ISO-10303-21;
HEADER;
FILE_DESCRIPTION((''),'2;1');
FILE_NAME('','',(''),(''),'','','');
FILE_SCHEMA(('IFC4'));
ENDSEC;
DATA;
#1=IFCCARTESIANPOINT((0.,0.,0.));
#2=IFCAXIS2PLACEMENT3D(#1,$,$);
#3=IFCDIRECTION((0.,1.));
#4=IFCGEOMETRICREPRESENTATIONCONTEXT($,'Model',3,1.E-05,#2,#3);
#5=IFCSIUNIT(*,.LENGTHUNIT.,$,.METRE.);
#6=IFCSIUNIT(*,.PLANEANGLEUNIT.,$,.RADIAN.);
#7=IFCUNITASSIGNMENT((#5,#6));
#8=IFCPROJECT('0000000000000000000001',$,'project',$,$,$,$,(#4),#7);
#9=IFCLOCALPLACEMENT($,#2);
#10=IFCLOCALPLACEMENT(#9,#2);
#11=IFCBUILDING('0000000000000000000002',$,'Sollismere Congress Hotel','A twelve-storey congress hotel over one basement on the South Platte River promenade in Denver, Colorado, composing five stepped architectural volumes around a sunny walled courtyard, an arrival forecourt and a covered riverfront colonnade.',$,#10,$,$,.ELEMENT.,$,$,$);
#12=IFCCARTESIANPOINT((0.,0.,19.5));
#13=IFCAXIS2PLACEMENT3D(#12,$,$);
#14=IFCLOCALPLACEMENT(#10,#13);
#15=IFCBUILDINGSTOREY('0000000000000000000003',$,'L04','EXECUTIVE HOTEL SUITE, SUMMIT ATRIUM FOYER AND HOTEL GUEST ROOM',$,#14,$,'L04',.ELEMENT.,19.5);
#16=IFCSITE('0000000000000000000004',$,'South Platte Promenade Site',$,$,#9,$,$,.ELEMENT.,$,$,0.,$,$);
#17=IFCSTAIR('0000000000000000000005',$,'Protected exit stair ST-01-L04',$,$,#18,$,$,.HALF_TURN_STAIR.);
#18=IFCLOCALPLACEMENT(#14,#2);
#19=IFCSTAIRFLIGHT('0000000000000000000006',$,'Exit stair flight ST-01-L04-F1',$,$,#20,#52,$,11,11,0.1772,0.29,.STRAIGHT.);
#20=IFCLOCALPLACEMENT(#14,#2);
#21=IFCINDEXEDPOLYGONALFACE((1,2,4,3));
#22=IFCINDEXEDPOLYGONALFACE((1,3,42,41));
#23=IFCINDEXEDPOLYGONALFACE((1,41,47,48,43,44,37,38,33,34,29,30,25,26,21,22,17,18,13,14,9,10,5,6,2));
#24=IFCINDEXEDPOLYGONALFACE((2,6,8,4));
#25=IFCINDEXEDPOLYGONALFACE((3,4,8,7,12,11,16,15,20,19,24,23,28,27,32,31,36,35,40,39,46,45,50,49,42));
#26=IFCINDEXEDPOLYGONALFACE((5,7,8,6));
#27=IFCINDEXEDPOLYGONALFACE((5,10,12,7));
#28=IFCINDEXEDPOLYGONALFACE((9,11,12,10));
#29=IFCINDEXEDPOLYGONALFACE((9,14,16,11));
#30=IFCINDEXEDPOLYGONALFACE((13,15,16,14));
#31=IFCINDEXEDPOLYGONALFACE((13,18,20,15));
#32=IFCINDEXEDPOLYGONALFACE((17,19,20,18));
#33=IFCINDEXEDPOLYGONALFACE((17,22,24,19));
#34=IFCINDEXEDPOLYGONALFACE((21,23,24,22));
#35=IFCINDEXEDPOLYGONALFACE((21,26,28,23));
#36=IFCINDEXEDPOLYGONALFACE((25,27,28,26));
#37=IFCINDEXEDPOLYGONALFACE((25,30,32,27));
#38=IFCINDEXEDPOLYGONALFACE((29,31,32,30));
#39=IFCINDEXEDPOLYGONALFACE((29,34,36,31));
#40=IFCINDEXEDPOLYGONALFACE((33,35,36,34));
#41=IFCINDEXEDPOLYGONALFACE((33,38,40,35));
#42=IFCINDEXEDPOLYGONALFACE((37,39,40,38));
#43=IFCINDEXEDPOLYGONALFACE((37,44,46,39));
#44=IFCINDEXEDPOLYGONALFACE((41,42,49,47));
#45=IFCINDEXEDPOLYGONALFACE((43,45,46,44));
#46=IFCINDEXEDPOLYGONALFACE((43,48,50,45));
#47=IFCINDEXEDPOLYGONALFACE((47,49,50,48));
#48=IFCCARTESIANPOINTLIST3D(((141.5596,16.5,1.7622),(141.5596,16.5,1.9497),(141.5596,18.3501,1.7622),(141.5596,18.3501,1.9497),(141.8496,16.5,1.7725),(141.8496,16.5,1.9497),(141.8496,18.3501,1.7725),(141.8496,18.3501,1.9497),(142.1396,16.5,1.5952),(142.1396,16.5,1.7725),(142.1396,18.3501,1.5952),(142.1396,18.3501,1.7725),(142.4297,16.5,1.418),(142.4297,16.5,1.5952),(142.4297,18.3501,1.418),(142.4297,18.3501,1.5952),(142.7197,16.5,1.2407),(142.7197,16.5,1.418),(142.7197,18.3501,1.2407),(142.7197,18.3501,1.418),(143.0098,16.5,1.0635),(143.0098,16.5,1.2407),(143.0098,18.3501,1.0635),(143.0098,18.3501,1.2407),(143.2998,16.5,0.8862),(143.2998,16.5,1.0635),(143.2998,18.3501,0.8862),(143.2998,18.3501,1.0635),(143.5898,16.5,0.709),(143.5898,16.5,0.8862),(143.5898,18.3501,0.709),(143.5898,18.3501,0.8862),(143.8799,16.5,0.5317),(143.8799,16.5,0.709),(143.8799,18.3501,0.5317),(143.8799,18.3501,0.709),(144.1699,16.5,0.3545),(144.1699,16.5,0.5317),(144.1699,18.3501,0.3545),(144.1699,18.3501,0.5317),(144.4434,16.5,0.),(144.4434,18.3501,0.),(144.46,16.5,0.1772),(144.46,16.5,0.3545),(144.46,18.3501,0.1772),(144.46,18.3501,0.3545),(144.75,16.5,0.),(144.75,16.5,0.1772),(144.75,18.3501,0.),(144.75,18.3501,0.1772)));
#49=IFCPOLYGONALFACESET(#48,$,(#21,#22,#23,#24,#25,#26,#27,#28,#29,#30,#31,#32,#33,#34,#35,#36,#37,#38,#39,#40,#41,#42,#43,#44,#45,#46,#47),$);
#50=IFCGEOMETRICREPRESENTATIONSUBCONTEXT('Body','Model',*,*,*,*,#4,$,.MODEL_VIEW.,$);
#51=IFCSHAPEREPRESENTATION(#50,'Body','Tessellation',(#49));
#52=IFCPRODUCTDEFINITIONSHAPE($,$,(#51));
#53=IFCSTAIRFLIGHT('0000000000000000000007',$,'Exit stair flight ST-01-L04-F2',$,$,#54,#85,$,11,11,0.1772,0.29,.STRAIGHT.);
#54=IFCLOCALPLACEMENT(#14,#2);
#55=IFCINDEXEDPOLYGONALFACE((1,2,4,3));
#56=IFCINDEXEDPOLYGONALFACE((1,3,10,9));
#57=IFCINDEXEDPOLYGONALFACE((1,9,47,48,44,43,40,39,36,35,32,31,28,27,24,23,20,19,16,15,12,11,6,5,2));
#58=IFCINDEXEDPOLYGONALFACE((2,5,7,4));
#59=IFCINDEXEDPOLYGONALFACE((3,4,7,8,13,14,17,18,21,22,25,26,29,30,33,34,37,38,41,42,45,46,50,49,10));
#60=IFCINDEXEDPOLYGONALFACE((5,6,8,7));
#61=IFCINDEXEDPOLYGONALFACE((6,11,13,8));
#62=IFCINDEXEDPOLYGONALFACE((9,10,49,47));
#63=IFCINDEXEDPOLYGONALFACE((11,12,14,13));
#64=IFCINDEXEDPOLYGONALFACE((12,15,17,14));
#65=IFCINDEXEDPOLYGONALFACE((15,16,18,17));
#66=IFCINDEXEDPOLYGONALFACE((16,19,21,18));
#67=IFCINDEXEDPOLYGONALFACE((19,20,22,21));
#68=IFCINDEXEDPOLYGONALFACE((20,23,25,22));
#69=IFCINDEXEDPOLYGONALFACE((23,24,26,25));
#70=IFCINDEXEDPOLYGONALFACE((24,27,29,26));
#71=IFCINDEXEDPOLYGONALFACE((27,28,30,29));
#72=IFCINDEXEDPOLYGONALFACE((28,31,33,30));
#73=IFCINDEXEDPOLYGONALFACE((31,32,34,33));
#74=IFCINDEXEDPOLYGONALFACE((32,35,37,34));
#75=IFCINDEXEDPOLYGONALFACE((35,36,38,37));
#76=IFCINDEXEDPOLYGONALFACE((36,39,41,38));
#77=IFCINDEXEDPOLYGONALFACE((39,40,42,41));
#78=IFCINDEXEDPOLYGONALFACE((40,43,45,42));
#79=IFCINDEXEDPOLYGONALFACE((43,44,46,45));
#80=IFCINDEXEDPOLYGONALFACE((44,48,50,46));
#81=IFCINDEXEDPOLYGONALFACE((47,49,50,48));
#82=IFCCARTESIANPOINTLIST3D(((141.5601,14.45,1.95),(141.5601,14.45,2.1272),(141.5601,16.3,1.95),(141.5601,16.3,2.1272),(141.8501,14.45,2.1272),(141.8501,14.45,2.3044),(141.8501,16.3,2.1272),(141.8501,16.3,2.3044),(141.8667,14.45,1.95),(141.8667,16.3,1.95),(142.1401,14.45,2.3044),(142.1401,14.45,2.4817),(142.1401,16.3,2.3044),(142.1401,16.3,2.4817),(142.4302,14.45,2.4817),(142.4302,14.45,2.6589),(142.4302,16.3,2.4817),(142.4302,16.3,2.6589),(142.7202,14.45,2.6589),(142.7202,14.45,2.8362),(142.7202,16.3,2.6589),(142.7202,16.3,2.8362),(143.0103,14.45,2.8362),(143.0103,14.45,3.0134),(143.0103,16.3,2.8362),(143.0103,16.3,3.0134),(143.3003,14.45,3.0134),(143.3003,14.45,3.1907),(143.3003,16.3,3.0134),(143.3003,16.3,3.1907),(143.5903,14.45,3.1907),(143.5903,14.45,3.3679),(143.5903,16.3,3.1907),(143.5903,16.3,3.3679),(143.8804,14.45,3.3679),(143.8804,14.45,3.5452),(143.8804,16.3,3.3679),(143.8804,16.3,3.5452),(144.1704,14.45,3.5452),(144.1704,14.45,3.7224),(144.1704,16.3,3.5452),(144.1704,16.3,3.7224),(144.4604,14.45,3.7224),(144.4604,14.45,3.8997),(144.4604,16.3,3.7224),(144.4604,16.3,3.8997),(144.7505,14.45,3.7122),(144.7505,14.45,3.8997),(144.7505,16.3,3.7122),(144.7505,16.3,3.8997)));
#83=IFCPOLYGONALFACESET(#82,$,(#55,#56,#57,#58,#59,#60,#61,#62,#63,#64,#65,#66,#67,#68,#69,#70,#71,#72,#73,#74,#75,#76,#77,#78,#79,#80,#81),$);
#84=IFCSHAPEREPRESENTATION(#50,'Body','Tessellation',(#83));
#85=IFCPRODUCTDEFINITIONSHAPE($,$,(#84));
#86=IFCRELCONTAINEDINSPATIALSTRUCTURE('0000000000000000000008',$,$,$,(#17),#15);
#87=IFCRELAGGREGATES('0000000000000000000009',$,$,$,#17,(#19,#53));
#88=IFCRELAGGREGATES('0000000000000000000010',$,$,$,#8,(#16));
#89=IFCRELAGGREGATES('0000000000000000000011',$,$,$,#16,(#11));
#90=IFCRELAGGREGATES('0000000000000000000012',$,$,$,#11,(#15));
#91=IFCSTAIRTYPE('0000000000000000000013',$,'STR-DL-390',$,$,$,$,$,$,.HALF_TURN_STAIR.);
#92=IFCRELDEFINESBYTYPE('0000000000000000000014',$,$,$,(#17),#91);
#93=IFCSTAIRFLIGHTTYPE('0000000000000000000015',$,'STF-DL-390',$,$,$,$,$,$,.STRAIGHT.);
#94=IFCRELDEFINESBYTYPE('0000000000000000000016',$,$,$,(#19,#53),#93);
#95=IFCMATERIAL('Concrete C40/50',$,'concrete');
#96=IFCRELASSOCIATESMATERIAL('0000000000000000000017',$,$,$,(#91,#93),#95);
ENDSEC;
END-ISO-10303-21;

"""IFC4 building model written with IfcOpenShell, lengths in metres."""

from ifc_helpers import new_model, si_unit, direction, frame, origin, place, context, subcontext, project, spatial, polyline, outline, extrude, material, type_object, element, aggregate, save


model = new_model("IFC4")

# Units and contexts
model_context = context("Model", 3, precision=1e-05, world=origin(), true_north=direction((0.0, 1.0)))
body_context = subcontext(model_context, "Body", "Model", "MODEL_VIEW")
ifc_project = project(units=[si_unit("LENGTHUNIT", "METRE"), si_unit("PLANEANGLEUNIT", "RADIAN")], contexts=[model_context])

# Site, building, storey
site_placement = place(None, origin())
site = spatial("IfcSite", under=ifc_project, at=site_placement, Name="South Platte Promenade Site", CompositionType="ELEMENT", RefElevation=0.0)
building_placement = place(site_placement, origin())
building = spatial("IfcBuilding", under=site, at=building_placement, Name="Sollismere Congress Hotel", Description="A twelve-storey congress hotel over one basement on the South Platte River promenade in Denver, Colorado, composing five stepped architectural volumes around a sunny walled courtyard, an arrival forecourt and a covered riverfront colonnade.", CompositionType="ELEMENT")
storey_placement = place(building_placement, frame((0.0, 0.0, 19.5)))
storey = spatial("IfcBuildingStorey", under=building, at=storey_placement, Name="L04", Description="EXECUTIVE HOTEL SUITE, SUMMIT ATRIUM FOYER AND HOTEL GUEST ROOM", LongName="L04", CompositionType="ELEMENT", Elevation=19.5)

# Stair, stair flights
ifc_material_1 = material(Name="Concrete C40/50", Category="concrete")
stair_type = type_object("IfcStairType", Name="STR-DL-390", PredefinedType="HALF_TURN_STAIR", material=ifc_material_1)
stair_placement = place(storey_placement, origin())
stair = element("IfcStair", 1, at=stair_placement, inside=storey, type_object=stair_type, Name="Protected exit stair ST-01-L04", PredefinedType="HALF_TURN_STAIR")
stair_flight_type = type_object("IfcStairFlightType", Name="STF-DL-390", PredefinedType="STRAIGHT", material=ifc_material_1)
stair_flight_1_placement = place(storey_placement, frame((144.75, 17.425, 0.0), z_axis=(0.0, 0.0, 1.0), x_axis=(-1.0, 0.0, 0.0)))
stair_flight_1 = element("IfcStairFlight", 2, at=stair_flight_1_placement, type_object=stair_flight_type, Name="Exit stair flight ST-01-L04-F1", NumberOfRisers=11, NumberOfTreads=11, PredefinedType="STRAIGHT", RiserHeight=0.1772, TreadLength=0.29, context=body_context, shape_type="SweptSolid", body=[
    extrude(outline(polyline([(0.0, 0.0), (0.0, 0.1772), (0.29, 0.1772), (0.29, 0.3545), (0.5801, 0.3545), (0.5801, 0.5317), (0.8701, 0.5317), (0.8701, 0.709), (1.1602, 0.709), (1.1602, 0.8862), (1.4502, 0.8862), (1.4502, 1.0635), (1.7402, 1.0635), (1.7402, 1.2407), (2.0303, 1.2407), (2.0303, 1.418), (2.3203, 1.418), (2.3203, 1.5952), (2.6104, 1.5952), (2.6104, 1.7725), (2.9004, 1.7725), (2.9004, 1.9497), (3.1904, 1.9497), (3.1904, 1.7622), (0.3066, 0.0), (0.0, 0.0)])), frame((0.0, 0.925, 0.0), z_axis=(0.0, -1.0, 0.0), x_axis=(1.0, 0.0, 0.0)), (0.0, 0.0, 1.0), 1.8501),
])
stair_flight_2_placement = place(storey_placement, frame((141.5601, 15.375, 1.95), z_axis=(0.0, 0.0, 1.0), x_axis=(1.0, 0.0, 0.0)))
stair_flight_2 = element("IfcStairFlight", 3, at=stair_flight_2_placement, type_object=stair_flight_type, Name="Exit stair flight ST-01-L04-F2", NumberOfRisers=11, NumberOfTreads=11, PredefinedType="STRAIGHT", RiserHeight=0.1772, TreadLength=0.29, context=body_context, shape_type="SweptSolid", body=[
    extrude(outline(polyline([(0.0, 0.0), (0.0, 0.1772), (0.29, 0.1772), (0.29, 0.3545), (0.5801, 0.3545), (0.5801, 0.5317), (0.8701, 0.5317), (0.8701, 0.709), (1.1602, 0.709), (1.1602, 0.8862), (1.4502, 0.8862), (1.4502, 1.0635), (1.7402, 1.0635), (1.7402, 1.2407), (2.0303, 1.2407), (2.0303, 1.418), (2.3203, 1.418), (2.3203, 1.5952), (2.6104, 1.5952), (2.6104, 1.7725), (2.9004, 1.7725), (2.9004, 1.9497), (3.1904, 1.9497), (3.1904, 1.7622), (0.3066, 0.0), (0.0, 0.0)])), frame((0.0, 0.925, 0.0), z_axis=(0.0, -1.0, 0.0), x_axis=(1.0, 0.0, 0.0)), (0.0, 0.0, 1.0), 1.8501),
])
aggregate(stair, [stair_flight_1, stair_flight_2])

save(model, "model.ifc")
